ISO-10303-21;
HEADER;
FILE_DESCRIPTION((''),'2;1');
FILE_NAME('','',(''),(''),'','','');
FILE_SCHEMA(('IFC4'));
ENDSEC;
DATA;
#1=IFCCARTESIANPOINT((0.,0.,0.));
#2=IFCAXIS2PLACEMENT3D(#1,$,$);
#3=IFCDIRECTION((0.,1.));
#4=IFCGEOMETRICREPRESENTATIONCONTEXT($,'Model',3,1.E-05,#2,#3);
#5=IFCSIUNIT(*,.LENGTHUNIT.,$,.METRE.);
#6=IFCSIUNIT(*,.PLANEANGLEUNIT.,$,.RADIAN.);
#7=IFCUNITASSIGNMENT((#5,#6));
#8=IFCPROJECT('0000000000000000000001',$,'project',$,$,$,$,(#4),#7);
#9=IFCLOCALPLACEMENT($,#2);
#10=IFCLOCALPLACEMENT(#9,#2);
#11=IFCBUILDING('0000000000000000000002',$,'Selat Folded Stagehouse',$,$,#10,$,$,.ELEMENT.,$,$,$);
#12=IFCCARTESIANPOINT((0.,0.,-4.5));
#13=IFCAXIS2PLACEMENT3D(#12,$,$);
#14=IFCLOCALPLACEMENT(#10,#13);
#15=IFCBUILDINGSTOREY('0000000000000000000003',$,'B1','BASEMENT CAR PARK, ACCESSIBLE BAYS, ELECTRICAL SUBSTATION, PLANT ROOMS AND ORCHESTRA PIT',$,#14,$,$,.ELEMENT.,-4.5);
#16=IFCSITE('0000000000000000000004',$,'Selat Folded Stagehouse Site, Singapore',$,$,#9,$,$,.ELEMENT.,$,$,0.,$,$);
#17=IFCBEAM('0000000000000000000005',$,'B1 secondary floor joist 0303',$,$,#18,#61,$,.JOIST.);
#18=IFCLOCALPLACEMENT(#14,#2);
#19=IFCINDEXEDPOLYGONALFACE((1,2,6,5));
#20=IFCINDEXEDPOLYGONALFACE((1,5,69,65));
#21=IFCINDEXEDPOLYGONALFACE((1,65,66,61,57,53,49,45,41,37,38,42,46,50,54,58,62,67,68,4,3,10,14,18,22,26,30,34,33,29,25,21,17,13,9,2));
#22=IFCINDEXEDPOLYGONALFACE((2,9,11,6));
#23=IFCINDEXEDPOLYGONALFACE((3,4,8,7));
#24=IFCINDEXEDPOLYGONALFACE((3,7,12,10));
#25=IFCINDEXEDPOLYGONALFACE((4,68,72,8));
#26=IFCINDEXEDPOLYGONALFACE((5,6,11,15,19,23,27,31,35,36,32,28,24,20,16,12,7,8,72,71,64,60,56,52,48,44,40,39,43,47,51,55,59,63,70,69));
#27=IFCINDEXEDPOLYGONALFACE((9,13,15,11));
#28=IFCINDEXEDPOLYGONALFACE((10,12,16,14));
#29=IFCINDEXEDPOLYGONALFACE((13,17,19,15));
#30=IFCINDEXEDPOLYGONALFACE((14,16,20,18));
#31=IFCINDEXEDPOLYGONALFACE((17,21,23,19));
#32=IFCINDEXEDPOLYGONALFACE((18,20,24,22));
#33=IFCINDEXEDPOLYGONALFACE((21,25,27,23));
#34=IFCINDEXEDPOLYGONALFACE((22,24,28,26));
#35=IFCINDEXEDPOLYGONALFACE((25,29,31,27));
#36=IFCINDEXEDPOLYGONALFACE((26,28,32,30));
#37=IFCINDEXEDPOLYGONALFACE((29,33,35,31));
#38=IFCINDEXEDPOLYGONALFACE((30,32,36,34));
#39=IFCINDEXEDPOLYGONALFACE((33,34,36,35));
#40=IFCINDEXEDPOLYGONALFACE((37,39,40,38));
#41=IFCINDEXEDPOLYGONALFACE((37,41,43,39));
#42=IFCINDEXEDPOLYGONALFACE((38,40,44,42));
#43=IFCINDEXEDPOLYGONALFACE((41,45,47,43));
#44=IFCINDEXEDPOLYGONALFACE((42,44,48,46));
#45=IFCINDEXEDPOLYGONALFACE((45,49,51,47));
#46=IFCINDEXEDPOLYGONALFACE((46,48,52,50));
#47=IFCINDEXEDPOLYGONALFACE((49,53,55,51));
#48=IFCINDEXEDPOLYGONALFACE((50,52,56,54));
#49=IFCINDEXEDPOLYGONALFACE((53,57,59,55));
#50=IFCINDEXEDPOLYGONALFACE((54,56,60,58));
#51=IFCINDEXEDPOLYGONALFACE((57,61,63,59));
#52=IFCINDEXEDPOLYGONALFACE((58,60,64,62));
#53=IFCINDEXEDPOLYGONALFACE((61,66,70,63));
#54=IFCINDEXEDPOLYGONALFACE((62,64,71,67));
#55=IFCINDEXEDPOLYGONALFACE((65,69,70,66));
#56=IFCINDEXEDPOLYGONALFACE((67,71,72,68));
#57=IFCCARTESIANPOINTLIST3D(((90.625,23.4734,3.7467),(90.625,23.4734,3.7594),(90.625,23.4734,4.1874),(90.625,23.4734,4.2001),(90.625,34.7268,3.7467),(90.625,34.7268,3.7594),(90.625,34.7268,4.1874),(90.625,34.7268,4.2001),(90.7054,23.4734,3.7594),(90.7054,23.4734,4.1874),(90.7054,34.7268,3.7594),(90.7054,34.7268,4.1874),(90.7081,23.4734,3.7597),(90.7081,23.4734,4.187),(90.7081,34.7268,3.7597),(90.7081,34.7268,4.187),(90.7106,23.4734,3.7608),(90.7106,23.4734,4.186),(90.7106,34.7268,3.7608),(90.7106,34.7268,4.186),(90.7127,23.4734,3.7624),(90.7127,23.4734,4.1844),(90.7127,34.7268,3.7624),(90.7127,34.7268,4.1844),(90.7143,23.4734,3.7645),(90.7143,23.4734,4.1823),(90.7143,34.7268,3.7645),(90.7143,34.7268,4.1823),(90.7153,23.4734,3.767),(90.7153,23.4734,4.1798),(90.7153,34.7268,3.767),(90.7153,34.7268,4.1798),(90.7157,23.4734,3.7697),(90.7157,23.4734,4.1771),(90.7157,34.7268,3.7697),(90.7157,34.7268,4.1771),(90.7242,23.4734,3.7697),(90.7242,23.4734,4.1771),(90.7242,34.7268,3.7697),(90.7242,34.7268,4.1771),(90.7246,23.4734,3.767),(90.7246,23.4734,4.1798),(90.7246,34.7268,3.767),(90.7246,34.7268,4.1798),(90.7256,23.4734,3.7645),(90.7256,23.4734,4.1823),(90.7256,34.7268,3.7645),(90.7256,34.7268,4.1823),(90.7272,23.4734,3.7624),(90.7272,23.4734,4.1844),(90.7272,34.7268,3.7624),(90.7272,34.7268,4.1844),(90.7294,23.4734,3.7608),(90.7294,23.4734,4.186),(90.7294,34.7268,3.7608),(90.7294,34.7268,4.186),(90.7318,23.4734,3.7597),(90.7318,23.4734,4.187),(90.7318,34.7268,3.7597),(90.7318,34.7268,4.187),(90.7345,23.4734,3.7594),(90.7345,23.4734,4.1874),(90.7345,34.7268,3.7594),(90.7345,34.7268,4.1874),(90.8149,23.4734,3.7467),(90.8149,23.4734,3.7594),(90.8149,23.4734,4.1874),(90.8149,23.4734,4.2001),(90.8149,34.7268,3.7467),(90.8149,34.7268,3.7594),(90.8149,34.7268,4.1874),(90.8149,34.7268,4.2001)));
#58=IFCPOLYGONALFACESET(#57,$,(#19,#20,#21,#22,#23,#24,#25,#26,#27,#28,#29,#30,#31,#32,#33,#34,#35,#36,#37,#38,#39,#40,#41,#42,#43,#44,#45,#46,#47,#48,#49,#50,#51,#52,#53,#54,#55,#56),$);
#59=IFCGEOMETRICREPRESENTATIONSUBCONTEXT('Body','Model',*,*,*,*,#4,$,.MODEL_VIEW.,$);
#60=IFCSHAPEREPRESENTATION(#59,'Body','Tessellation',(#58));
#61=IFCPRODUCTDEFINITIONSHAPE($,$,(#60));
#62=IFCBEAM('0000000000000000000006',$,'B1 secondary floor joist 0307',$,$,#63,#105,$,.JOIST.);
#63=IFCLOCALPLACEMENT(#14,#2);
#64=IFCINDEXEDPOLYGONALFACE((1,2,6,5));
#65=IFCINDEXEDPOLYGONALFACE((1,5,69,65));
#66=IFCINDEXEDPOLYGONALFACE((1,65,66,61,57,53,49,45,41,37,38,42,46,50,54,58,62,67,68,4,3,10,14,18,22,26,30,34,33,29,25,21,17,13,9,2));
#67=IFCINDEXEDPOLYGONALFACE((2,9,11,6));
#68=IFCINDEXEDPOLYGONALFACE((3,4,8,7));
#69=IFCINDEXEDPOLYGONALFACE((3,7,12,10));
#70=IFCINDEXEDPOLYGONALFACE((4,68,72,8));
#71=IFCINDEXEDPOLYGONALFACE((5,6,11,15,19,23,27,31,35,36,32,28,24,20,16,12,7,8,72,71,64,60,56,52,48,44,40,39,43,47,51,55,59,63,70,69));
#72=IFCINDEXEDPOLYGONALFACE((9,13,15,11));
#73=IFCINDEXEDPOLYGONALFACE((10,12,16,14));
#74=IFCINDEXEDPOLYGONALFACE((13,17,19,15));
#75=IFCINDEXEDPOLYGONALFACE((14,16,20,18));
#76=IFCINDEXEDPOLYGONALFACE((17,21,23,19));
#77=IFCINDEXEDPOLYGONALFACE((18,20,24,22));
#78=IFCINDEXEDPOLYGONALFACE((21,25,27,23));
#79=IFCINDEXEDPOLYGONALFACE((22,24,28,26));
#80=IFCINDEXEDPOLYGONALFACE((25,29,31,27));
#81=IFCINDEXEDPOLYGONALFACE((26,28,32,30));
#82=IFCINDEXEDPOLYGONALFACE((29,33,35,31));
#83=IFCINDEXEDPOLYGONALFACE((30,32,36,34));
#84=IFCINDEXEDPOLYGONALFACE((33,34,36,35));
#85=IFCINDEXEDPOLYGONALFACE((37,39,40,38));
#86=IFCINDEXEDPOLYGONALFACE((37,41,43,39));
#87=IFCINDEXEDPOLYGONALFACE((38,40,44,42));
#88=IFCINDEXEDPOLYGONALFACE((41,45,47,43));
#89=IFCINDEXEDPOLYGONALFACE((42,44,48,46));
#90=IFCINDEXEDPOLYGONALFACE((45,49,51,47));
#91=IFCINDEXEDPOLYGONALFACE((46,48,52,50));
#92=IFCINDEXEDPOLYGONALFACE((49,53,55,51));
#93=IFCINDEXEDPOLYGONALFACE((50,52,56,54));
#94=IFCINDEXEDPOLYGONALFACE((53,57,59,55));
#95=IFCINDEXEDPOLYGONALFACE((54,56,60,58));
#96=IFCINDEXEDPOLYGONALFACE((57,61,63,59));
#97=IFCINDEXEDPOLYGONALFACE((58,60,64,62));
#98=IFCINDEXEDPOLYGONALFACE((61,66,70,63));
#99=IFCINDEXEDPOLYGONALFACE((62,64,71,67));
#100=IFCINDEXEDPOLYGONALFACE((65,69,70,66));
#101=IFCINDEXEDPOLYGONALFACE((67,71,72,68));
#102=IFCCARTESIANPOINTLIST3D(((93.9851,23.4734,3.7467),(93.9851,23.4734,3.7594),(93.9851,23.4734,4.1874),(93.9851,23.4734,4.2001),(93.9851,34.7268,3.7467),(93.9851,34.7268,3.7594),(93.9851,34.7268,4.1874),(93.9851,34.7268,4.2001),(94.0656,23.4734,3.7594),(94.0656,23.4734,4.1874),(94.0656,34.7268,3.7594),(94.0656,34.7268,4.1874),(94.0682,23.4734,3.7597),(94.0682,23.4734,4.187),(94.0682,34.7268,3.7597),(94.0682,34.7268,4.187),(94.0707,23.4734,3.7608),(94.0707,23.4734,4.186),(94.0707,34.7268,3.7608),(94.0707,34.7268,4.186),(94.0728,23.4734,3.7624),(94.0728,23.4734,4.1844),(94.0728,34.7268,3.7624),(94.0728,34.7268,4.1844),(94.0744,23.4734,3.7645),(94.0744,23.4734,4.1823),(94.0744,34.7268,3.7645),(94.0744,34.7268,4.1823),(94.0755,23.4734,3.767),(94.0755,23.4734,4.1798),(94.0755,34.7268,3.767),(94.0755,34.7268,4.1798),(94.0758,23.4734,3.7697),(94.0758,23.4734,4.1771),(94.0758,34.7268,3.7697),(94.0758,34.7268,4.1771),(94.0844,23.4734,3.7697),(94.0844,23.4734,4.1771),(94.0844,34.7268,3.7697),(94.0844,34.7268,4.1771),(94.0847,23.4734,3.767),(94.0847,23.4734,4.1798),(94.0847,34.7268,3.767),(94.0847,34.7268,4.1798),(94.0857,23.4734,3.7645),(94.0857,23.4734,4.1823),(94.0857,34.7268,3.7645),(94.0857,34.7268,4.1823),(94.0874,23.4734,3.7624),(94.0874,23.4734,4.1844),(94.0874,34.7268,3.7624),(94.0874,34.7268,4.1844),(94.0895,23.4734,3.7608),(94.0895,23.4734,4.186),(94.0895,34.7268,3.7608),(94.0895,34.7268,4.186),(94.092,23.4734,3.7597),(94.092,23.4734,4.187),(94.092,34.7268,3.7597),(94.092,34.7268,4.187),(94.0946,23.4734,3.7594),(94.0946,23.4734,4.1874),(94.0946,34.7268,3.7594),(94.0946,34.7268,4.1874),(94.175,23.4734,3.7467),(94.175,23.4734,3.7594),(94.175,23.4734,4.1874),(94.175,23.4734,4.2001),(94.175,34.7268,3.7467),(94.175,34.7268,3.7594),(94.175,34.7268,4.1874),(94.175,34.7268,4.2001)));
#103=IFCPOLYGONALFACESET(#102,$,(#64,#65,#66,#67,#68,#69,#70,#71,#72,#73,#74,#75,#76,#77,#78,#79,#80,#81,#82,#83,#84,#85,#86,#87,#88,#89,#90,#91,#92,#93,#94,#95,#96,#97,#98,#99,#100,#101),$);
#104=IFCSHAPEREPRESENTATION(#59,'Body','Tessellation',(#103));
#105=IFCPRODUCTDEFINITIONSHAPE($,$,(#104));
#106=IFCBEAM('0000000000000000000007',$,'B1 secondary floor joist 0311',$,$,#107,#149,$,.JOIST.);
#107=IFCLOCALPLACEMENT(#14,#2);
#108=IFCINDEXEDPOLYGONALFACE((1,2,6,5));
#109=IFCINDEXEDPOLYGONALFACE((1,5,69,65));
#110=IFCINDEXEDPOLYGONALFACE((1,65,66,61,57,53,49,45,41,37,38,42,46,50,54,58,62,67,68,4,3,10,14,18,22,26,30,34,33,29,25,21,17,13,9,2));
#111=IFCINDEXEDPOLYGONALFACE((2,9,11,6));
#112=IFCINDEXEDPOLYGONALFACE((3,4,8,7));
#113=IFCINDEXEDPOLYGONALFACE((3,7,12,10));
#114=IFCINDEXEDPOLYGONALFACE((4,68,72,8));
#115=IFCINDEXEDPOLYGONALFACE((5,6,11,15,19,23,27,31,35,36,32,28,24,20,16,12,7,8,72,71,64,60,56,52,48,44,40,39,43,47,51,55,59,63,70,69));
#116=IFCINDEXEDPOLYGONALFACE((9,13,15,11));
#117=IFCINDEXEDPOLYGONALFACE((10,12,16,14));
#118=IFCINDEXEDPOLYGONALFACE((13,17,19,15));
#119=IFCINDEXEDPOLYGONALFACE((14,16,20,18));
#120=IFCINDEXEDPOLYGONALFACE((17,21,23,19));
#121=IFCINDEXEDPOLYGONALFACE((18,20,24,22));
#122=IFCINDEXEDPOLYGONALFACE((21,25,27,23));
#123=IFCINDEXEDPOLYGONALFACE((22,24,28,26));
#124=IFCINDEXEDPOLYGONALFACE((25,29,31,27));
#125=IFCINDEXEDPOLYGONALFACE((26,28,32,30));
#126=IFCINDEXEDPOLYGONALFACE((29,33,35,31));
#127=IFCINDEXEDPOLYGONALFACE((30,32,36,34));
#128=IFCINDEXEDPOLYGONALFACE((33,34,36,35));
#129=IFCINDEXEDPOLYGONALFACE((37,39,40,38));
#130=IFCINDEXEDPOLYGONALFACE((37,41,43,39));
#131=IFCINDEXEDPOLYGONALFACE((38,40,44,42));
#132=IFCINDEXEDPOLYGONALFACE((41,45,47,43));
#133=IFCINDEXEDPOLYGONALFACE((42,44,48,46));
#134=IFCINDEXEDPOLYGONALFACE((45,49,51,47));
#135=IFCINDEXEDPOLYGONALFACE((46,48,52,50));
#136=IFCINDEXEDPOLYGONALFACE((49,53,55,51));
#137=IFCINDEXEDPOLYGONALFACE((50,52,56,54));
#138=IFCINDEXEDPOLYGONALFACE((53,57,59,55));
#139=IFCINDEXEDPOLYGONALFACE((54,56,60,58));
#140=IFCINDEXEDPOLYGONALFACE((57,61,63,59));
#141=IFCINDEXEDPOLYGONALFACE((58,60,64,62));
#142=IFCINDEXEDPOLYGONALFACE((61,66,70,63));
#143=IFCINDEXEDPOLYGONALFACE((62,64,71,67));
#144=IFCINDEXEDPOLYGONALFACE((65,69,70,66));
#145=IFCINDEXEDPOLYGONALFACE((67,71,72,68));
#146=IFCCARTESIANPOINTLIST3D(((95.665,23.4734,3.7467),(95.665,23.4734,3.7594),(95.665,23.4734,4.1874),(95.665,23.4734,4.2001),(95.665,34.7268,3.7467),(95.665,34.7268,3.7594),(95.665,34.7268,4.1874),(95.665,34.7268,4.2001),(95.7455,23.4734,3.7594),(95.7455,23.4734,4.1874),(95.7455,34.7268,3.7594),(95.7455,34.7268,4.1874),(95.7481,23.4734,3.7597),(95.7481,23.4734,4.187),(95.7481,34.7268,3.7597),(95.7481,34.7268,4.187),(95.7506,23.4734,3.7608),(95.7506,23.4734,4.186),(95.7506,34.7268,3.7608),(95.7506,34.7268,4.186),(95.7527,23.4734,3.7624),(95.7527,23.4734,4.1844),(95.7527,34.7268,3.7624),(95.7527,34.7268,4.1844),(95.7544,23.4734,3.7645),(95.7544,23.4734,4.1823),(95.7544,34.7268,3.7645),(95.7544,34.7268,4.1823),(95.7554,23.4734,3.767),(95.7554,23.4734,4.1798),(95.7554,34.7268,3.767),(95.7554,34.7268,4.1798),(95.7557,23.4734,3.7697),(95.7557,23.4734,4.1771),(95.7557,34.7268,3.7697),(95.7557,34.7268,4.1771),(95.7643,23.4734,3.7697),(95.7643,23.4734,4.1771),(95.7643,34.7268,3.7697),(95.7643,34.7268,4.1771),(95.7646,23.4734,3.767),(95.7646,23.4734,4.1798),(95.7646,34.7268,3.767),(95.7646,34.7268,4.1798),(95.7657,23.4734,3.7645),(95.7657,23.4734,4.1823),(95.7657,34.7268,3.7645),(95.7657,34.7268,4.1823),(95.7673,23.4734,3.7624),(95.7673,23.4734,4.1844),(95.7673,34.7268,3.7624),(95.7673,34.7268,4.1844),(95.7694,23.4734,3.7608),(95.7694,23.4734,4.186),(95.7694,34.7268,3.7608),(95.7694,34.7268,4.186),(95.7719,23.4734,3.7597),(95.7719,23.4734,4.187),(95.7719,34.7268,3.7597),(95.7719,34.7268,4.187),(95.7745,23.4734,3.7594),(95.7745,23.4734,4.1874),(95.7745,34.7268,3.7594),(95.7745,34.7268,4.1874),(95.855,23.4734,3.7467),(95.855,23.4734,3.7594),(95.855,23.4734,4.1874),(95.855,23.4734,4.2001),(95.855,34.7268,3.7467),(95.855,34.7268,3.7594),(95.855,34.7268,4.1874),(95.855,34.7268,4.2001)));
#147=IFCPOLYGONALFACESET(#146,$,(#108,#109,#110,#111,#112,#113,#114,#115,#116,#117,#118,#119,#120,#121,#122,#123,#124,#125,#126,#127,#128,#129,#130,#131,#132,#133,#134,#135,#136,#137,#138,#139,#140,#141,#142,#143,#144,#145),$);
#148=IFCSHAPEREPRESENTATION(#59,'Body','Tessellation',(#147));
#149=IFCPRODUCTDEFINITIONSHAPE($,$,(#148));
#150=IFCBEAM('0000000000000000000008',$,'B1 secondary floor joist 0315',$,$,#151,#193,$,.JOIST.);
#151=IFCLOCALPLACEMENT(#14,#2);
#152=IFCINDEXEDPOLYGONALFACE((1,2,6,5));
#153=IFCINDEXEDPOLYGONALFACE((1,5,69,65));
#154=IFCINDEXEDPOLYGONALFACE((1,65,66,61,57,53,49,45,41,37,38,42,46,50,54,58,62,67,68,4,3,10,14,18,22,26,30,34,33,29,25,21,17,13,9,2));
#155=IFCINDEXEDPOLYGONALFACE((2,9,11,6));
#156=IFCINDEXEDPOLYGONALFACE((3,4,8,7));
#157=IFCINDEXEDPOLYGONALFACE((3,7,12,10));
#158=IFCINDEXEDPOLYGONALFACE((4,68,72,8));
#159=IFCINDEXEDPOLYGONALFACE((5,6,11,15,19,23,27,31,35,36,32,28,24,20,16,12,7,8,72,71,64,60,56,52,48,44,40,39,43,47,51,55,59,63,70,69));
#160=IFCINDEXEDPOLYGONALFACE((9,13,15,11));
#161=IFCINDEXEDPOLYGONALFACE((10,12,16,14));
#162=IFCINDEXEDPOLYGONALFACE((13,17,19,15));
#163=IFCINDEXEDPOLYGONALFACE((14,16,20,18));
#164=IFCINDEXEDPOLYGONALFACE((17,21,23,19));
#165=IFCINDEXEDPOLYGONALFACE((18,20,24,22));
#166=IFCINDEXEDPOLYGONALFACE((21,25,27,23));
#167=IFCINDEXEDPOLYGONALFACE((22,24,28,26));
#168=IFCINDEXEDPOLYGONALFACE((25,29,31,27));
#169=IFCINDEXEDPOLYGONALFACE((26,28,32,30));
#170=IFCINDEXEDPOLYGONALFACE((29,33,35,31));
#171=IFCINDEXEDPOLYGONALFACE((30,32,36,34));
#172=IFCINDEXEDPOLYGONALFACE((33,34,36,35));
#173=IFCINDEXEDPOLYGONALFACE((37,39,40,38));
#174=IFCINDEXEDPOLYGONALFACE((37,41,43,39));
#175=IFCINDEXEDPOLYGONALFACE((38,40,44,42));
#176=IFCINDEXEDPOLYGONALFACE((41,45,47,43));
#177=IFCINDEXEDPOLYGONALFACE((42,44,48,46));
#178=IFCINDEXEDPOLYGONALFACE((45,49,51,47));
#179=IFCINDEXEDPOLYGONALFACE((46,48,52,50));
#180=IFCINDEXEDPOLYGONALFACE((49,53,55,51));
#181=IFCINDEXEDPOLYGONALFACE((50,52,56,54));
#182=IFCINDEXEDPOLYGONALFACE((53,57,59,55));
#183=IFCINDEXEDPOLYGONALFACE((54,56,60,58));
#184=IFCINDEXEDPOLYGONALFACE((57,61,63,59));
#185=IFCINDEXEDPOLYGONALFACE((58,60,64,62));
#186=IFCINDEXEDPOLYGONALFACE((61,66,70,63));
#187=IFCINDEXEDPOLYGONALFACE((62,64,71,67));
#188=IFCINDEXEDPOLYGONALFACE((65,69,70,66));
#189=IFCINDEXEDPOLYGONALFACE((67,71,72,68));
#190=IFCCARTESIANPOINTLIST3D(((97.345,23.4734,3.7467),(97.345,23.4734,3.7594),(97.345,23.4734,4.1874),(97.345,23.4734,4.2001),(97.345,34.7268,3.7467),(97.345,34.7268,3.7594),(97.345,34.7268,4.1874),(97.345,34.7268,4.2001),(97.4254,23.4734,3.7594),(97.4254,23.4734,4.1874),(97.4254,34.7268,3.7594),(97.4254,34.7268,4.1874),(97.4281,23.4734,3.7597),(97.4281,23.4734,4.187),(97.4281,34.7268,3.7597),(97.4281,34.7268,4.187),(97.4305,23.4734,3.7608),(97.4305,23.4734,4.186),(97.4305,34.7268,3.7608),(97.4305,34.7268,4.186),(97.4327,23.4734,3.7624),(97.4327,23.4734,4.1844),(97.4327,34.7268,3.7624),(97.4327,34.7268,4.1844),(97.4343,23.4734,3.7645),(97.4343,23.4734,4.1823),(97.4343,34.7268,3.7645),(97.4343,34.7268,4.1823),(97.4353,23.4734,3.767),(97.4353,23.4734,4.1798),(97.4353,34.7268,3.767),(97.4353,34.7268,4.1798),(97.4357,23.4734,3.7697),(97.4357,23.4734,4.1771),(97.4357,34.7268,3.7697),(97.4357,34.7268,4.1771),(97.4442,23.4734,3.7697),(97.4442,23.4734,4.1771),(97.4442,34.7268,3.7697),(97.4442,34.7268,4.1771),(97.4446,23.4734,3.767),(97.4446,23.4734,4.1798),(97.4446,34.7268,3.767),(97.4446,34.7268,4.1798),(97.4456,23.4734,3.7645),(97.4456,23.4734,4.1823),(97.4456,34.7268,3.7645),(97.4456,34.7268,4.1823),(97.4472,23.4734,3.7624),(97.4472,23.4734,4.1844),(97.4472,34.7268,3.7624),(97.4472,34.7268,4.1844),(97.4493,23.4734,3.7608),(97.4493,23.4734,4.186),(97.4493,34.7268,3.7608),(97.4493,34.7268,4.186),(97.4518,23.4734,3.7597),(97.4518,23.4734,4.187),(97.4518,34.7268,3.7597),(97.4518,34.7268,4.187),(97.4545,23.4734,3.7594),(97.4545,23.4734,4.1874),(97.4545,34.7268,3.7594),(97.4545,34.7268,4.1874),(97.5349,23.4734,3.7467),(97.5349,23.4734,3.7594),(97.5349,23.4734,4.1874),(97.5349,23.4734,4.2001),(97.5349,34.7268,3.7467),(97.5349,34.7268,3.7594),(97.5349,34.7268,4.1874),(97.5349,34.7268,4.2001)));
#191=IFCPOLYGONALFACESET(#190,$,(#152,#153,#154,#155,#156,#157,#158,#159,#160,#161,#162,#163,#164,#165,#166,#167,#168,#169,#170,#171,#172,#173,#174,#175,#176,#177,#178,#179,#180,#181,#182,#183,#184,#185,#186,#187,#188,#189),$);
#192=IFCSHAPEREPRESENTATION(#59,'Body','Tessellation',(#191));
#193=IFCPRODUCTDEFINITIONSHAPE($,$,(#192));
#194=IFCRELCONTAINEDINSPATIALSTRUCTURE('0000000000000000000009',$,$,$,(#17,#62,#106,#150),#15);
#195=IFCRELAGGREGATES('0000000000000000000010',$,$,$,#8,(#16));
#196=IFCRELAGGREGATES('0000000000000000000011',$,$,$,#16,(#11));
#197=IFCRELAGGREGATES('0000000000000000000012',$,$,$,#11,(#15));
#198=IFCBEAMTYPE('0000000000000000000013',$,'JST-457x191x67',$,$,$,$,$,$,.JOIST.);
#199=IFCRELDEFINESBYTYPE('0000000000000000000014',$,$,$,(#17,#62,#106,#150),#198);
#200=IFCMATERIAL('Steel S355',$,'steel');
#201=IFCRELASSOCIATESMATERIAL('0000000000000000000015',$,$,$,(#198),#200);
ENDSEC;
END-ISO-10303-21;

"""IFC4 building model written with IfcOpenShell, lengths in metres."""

from ifc_helpers import new_model, si_unit, direction, frame, origin, origin_2d, place, context, subcontext, project, spatial, i_section, extrude, material, material_profile, profile_set, type_object, element, save


model = new_model("IFC4")

# Units and contexts
model_context = context("Model", 3, precision=1e-05, world=origin(), true_north=direction((0.0, 1.0)))
body_context = subcontext(model_context, "Body", "Model", "MODEL_VIEW")
ifc_project = project(units=[si_unit("LENGTHUNIT", "METRE"), si_unit("PLANEANGLEUNIT", "RADIAN")], contexts=[model_context])

# Site, building, storey
site_placement = place(None, origin())
site = spatial("IfcSite", under=ifc_project, at=site_placement, Name="Selat Folded Stagehouse Site, Singapore", CompositionType="ELEMENT", RefElevation=0.0)
building_placement = place(site_placement, origin())
building = spatial("IfcBuilding", under=site, at=building_placement, Name="Selat Folded Stagehouse", CompositionType="ELEMENT")
storey_placement = place(building_placement, frame((0.0, 0.0, -4.5)))
storey = spatial("IfcBuildingStorey", under=building, at=storey_placement, Name="B1", Description="BASEMENT CAR PARK, ACCESSIBLE BAYS, ELECTRICAL SUBSTATION, PLANT ROOMS AND ORCHESTRA PIT", CompositionType="ELEMENT", Elevation=-4.5)

# Shared definitions
ifc_material_1 = material(Name="Steel S355", Category="steel")

# Beams
ifc_material_profile_1 = material_profile(ifc_material_1, i_section(OverallWidth=0.1899, OverallDepth=0.4534, WebThickness=0.0085, FlangeThickness=0.0127, FilletRadius=0.0103, at=origin_2d()), Name="UKB 457x191x67")
ifc_profile_set_1 = profile_set([ifc_material_profile_1], Name="Steel S355")
beam_type_1 = type_object("IfcBeamType", Name="JST-457x191x67", PredefinedType="JOIST", material=ifc_profile_set_1)
for number, where, z_axis, x_axis, name in (
    (1, (90.72, 23.4734, 3.9734), (0.0, 1.0, 0.0), (-1.0, 0.0, 0.0), "B1 secondary floor joist 0303"),
    (2, (94.0801, 23.4734, 3.9734), (0.0, 1.0, 0.0), (-1.0, 0.0, 0.0), "B1 secondary floor joist 0307"),
    (3, (95.76, 23.4734, 3.9734), (0.0, 1.0, 0.0), (-1.0, 0.0, 0.0), "B1 secondary floor joist 0311"),
    (4, (97.4399, 23.4734, 3.9734), (0.0, 1.0, 0.0), (-1.0, 0.0, 0.0), "B1 secondary floor joist 0315"),
):
    element("IfcBeam", number, at=place(storey_placement, frame(where, z_axis=z_axis, x_axis=x_axis)), inside=storey, type_object=beam_type_1, Name=name, PredefinedType="JOIST", context=body_context, shape_type="SweptSolid", body=[
        extrude(i_section(OverallWidth=0.1899, OverallDepth=0.4534, WebThickness=0.0085, FlangeThickness=0.0127, FilletRadius=0.0103, at=origin_2d()), origin(), (0.0, 0.0, 1.0), 11.2534),
    ])

save(model, "model.ifc")
